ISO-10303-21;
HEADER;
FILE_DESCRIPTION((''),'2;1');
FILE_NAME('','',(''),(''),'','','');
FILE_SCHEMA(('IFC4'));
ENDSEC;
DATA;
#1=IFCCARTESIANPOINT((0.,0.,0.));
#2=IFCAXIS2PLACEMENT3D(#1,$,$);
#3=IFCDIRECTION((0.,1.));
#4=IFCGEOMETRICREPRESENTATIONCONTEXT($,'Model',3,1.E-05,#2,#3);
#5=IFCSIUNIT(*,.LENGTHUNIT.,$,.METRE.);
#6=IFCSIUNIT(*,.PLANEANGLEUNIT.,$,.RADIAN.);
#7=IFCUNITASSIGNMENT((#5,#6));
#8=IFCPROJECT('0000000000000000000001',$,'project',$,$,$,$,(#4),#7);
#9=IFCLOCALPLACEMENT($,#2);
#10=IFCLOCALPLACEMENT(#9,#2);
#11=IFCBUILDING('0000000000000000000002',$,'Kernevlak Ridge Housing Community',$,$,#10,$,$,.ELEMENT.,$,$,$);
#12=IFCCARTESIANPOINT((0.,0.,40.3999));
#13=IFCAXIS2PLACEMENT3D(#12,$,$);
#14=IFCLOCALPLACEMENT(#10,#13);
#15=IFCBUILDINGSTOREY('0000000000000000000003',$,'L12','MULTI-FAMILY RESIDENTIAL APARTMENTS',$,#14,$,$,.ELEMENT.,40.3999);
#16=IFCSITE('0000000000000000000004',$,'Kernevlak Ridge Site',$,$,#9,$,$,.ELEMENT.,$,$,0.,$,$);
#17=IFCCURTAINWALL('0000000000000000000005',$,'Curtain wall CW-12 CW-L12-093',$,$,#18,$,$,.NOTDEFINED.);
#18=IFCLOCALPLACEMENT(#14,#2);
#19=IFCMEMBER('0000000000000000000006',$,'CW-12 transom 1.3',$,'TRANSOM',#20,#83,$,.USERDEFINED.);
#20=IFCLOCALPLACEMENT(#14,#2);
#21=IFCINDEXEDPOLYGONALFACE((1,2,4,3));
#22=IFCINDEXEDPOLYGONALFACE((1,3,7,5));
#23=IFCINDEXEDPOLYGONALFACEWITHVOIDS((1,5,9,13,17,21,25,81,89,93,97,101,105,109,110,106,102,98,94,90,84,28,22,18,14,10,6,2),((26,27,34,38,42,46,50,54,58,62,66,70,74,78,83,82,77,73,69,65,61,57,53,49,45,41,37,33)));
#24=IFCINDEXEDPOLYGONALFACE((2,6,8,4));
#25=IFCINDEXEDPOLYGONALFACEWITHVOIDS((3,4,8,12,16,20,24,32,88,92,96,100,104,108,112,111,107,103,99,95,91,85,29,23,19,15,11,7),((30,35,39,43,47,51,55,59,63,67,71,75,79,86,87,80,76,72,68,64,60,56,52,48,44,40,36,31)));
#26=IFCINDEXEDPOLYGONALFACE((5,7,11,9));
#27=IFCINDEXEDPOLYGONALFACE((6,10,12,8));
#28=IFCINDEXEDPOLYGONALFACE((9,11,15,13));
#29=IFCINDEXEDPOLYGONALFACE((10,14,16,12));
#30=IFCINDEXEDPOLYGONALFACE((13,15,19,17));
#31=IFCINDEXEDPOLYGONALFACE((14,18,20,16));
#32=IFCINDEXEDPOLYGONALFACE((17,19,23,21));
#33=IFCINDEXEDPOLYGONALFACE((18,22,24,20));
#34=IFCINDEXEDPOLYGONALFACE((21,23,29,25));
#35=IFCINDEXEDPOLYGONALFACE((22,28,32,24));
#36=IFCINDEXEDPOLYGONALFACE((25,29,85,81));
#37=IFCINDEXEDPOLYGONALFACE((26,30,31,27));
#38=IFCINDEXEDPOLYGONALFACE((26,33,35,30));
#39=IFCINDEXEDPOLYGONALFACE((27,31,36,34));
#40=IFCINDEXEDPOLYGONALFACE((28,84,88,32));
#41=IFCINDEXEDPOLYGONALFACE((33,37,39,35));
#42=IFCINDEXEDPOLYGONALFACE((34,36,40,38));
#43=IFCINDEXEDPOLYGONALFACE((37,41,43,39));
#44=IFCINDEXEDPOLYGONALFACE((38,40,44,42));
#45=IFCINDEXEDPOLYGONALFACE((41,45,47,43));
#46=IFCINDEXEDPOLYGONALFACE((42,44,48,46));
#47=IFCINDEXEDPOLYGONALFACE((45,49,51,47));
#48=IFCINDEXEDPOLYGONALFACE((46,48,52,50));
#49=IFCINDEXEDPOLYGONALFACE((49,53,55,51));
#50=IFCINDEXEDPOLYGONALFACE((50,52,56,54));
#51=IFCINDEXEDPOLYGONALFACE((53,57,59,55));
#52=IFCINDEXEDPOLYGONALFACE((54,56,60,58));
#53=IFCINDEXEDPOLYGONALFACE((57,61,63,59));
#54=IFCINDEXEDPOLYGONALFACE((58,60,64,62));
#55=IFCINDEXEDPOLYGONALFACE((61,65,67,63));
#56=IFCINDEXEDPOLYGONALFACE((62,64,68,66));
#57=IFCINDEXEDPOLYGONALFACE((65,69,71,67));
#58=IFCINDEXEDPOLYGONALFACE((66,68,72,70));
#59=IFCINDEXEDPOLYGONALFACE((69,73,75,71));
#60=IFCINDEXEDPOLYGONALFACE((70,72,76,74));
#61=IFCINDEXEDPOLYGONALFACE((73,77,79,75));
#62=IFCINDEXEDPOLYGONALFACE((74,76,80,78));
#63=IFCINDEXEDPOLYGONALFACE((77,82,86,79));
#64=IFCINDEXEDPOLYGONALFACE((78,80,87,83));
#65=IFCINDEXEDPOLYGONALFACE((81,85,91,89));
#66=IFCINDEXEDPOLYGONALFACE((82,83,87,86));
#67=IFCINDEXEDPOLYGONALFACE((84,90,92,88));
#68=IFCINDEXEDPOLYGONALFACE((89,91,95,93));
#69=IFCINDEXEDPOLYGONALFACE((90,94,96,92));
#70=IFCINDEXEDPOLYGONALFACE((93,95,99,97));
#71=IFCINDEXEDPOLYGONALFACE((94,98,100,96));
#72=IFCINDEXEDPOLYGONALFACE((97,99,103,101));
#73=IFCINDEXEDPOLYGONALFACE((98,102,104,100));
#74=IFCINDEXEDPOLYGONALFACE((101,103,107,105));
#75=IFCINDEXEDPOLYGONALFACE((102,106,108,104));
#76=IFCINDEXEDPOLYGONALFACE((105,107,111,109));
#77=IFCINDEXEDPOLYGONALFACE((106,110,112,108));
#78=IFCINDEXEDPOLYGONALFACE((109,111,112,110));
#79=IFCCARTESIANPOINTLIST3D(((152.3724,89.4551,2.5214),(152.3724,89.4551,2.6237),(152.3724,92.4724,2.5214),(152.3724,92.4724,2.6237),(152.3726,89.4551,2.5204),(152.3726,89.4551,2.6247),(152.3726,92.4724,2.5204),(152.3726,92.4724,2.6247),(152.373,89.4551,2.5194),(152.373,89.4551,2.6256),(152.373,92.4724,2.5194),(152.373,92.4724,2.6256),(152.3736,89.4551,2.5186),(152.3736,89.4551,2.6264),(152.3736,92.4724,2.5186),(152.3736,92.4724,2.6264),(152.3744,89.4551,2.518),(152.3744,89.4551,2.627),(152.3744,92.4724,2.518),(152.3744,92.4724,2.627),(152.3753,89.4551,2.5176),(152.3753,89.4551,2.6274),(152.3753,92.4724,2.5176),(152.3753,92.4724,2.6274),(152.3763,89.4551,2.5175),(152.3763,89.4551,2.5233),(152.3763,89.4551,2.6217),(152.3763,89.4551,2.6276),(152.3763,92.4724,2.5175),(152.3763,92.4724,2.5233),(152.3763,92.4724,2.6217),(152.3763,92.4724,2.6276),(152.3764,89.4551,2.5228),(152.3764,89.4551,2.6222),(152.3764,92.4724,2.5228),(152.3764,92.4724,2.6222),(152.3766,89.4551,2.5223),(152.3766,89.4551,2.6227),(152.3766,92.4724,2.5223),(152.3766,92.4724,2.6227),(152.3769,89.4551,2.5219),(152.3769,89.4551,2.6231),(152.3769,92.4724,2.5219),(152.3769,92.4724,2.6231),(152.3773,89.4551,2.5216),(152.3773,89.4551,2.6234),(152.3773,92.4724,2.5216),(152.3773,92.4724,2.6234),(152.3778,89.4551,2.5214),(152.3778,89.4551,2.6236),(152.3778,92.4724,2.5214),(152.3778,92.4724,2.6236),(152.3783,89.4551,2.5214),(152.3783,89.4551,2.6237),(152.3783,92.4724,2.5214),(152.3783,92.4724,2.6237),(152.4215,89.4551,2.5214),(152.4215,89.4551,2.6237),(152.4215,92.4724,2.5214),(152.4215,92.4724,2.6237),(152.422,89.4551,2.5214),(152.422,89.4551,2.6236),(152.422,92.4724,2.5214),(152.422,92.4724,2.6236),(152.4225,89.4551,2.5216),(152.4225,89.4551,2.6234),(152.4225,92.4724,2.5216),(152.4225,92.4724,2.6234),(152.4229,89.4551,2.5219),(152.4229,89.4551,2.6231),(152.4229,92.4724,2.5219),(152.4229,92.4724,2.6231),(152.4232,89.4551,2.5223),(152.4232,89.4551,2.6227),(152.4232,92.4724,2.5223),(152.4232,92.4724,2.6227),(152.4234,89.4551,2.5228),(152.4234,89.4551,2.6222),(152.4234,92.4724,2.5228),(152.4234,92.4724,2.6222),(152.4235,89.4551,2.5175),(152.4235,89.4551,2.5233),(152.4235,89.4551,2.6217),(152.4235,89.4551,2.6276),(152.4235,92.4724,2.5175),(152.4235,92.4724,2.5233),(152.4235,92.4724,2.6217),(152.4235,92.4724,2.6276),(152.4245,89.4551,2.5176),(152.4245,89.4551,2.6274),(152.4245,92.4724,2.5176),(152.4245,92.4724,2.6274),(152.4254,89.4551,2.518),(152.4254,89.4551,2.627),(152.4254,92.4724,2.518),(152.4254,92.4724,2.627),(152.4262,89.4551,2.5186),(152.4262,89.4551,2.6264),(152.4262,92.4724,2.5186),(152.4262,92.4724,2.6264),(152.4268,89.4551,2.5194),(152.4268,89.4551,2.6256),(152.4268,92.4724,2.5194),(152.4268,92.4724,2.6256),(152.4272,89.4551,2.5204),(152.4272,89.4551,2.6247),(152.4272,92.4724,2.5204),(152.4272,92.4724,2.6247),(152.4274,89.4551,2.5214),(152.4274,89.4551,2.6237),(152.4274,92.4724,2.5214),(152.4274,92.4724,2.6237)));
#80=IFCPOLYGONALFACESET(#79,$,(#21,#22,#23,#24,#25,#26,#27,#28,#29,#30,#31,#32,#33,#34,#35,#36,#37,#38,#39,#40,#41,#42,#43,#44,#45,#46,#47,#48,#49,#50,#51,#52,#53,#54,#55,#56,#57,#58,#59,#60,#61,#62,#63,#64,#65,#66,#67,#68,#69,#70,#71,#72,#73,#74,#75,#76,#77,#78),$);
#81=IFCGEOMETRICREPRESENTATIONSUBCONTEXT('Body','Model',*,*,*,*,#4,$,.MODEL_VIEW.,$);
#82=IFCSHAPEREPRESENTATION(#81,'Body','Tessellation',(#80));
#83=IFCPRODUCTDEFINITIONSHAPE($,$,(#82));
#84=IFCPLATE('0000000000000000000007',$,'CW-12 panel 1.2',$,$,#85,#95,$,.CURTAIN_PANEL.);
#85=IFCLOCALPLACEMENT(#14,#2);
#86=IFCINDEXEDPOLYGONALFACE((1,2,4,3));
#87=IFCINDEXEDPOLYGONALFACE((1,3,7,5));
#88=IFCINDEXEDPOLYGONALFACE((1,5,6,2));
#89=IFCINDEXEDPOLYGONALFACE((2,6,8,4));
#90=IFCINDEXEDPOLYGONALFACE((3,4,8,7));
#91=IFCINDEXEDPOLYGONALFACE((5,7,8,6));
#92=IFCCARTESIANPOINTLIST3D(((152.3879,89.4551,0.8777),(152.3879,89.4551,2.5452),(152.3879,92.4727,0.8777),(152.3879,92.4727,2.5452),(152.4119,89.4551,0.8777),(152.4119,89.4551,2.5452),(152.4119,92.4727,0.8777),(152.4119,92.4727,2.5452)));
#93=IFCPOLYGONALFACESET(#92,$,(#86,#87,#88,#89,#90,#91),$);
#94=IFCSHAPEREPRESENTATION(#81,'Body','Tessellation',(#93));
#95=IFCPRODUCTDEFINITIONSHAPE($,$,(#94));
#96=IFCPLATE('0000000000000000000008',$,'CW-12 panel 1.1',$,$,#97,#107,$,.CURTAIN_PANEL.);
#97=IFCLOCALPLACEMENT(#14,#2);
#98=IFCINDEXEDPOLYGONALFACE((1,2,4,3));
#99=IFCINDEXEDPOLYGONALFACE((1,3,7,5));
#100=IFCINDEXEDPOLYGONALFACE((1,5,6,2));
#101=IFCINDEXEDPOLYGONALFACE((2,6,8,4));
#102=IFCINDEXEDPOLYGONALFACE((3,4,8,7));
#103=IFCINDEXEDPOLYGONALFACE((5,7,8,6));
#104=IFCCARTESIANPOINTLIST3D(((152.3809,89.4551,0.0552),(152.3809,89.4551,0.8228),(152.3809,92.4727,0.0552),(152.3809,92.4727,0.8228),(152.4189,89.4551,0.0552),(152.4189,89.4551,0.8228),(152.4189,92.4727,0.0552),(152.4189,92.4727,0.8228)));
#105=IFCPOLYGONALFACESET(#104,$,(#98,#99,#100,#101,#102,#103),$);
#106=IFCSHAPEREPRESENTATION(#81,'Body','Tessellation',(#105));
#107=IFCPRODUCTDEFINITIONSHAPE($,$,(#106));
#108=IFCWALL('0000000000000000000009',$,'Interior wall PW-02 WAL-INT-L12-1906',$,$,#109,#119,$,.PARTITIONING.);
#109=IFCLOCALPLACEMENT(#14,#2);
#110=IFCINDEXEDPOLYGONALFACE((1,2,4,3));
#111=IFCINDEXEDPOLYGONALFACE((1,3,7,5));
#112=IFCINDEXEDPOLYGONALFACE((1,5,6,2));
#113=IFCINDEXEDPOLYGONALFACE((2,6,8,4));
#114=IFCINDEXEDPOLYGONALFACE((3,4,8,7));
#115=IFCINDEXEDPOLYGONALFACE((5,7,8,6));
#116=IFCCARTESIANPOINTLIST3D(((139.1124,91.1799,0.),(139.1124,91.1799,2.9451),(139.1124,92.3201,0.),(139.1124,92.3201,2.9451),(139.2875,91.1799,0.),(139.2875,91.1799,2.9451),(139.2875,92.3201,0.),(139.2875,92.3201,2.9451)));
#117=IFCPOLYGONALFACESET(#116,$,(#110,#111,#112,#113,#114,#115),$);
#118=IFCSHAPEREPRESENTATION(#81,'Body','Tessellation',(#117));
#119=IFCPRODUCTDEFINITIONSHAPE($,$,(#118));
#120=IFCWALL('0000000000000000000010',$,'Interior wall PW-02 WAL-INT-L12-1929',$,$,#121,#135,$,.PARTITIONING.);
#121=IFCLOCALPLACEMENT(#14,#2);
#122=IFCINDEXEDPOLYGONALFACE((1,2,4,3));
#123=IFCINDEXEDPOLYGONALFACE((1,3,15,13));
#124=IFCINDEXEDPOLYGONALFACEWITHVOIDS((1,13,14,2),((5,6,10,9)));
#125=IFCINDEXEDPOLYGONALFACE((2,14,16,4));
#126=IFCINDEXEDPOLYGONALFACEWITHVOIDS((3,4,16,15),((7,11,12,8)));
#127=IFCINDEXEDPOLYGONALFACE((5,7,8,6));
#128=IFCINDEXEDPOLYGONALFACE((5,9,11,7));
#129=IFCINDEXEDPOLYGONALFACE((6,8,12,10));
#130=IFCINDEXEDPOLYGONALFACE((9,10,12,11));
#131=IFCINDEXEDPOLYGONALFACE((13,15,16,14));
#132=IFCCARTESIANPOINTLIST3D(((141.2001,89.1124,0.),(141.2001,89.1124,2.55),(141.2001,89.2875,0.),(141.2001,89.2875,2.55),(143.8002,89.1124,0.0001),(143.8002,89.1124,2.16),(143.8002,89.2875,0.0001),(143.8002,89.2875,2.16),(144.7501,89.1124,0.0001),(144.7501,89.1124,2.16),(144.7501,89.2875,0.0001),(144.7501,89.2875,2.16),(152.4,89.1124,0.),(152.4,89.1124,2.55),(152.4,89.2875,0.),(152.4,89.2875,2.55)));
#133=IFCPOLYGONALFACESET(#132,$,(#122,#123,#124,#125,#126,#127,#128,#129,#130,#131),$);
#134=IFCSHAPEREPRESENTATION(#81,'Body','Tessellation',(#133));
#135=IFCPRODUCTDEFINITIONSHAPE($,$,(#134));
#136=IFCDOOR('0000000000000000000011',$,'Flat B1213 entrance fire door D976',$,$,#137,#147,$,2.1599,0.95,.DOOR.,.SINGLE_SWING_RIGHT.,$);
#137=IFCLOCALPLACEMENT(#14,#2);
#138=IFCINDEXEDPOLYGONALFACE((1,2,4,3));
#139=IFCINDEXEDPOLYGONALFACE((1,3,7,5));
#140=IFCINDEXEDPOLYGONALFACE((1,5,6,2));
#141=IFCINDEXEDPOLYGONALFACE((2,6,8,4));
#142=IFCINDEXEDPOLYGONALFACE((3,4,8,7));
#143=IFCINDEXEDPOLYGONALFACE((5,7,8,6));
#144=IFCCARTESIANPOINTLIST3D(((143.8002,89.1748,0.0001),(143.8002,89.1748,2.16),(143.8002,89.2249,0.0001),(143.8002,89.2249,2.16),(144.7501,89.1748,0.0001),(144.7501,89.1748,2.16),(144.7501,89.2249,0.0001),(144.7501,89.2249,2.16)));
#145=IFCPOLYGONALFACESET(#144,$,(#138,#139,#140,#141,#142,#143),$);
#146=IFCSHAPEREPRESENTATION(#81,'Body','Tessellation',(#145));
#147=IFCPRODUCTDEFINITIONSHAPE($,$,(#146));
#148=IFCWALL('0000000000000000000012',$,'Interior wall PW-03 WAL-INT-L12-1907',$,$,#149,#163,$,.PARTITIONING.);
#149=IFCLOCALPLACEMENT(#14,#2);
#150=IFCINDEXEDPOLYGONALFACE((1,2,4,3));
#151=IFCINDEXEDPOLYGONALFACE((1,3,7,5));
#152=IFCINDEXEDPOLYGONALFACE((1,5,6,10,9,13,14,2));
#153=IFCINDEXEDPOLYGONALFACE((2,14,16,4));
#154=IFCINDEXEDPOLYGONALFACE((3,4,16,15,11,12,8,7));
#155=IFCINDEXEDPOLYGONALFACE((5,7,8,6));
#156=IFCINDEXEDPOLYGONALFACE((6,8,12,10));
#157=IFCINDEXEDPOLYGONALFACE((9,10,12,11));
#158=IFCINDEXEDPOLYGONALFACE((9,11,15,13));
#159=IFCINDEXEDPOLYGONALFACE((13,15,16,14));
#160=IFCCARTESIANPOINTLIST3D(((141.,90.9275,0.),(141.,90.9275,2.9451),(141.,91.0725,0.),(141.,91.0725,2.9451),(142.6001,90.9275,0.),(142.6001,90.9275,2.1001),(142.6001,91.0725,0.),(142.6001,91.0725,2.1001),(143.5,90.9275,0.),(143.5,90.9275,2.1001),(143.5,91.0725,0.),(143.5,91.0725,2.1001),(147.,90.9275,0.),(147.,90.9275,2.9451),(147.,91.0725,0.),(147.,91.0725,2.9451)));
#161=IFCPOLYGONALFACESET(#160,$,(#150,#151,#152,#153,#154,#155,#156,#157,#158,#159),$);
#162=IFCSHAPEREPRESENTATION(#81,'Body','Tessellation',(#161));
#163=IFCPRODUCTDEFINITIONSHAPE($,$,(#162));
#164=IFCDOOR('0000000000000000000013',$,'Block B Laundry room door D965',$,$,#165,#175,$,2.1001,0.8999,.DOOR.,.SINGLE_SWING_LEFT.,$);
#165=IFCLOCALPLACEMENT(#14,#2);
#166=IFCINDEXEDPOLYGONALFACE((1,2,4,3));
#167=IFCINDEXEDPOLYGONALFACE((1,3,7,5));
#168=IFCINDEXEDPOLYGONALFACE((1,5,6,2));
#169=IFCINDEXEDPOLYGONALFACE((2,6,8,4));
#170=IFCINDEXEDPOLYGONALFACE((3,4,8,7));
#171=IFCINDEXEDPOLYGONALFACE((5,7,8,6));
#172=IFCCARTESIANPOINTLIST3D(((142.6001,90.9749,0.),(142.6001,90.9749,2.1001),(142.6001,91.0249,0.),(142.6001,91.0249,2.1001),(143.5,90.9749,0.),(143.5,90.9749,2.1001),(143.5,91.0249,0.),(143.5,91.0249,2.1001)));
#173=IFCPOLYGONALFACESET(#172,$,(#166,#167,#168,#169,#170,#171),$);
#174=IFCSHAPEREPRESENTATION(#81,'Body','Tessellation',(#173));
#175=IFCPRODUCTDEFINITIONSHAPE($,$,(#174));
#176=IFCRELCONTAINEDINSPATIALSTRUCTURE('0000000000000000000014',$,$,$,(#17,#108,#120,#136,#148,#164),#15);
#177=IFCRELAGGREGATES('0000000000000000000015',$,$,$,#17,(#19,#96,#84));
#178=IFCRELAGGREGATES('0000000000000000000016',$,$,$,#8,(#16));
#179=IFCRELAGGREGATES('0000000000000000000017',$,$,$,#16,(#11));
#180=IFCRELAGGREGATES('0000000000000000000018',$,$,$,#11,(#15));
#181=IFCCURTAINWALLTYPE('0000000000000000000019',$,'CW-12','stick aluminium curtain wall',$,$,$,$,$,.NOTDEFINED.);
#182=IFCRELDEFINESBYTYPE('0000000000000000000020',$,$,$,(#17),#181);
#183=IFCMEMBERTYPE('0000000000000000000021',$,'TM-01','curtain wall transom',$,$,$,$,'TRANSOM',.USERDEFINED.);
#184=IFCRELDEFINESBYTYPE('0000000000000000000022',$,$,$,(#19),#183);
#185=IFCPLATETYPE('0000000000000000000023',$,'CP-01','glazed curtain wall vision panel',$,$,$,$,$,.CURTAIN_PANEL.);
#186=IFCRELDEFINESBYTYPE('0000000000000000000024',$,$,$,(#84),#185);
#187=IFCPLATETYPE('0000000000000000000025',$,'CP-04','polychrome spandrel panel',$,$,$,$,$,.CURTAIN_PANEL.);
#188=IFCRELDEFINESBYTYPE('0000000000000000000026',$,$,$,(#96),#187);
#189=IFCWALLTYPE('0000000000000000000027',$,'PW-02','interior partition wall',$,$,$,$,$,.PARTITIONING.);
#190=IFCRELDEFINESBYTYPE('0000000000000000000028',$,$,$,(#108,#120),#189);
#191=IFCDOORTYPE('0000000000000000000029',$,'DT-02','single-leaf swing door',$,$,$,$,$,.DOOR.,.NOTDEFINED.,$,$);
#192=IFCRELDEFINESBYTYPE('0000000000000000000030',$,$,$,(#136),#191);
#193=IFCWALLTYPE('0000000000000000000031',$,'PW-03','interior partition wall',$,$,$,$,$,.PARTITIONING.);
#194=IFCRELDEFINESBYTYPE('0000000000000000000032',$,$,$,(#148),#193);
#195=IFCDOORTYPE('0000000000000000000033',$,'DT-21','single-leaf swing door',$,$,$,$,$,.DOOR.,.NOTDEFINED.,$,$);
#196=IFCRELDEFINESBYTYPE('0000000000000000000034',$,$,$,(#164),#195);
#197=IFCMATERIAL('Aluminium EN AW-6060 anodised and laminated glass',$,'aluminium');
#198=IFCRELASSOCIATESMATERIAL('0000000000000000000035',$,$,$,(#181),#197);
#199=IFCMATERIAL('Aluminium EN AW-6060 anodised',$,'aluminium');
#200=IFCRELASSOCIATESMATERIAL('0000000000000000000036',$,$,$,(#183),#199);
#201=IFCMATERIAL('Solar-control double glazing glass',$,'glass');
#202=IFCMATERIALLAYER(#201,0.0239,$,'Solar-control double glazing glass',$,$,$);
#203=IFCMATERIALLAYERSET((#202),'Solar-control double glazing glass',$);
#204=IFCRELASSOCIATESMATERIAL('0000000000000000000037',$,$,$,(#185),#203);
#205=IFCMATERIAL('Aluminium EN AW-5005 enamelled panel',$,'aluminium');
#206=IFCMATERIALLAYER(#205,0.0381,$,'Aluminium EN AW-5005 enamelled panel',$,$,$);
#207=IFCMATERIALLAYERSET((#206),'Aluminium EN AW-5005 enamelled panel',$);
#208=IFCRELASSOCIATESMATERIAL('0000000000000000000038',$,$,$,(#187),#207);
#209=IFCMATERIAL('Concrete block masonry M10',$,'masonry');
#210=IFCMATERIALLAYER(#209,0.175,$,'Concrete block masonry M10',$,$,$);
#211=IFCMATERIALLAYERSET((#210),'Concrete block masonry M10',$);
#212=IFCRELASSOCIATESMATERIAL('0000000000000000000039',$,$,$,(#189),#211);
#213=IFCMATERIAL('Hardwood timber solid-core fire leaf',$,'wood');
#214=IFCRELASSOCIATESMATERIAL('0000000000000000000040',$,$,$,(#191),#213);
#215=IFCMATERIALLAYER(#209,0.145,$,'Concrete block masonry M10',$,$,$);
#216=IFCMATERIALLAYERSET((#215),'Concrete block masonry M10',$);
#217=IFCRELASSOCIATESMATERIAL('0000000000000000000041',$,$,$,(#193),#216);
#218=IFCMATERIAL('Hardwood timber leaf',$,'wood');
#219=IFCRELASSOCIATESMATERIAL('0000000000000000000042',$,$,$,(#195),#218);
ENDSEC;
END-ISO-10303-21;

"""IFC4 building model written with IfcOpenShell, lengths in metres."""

from ifc_helpers import new_model, si_unit, direction, frame, frame_2d, origin, origin_2d, place, context, subcontext, project, spatial, rectangle, hollow_rectangle, extrude, material, layer, layer_set, material_profile, profile_set, type_object, element, fill, aggregate, save


model = new_model("IFC4")

# Units and contexts
model_context = context("Model", 3, precision=1e-05, world=origin(), true_north=direction((0.0, 1.0)))
body_context = subcontext(model_context, "Body", "Model", "MODEL_VIEW")
ifc_project = project(units=[si_unit("LENGTHUNIT", "METRE"), si_unit("PLANEANGLEUNIT", "RADIAN")], contexts=[model_context])

# Site, building, storey
site_placement = place(None, origin())
site = spatial("IfcSite", under=ifc_project, at=site_placement, Name="Kernevlak Ridge Site", CompositionType="ELEMENT", RefElevation=0.0)
building_placement = place(site_placement, origin())
building = spatial("IfcBuilding", under=site, at=building_placement, Name="Kernevlak Ridge Housing Community", CompositionType="ELEMENT")
storey_placement = place(building_placement, frame((0.0, 0.0, 40.3999)))
storey = spatial("IfcBuildingStorey", under=building, at=storey_placement, Name="L12", Description="MULTI-FAMILY RESIDENTIAL APARTMENTS", CompositionType="ELEMENT", Elevation=40.3999)

# Curtain wall
ifc_material_1 = material(Name="Aluminium EN AW-6060 anodised and laminated glass", Category="aluminium")
curtain_wall_type = type_object("IfcCurtainWallType", Name="CW-12", Description="stick aluminium curtain wall", PredefinedType="NOTDEFINED", material=ifc_material_1)
curtain_wall_placement = place(storey_placement, origin())
curtain_wall = element("IfcCurtainWall", 1, at=curtain_wall_placement, inside=storey, type_object=curtain_wall_type, Name="Curtain wall CW-12 CW-L12-093", PredefinedType="NOTDEFINED")
ifc_material_2 = material(Name="Aluminium EN AW-6060 anodised", Category="aluminium")

# Member
ifc_material_profile_1 = material_profile(ifc_material_2, hollow_rectangle(XDim=0.0549, YDim=0.1101, WallThickness=0.0039, InnerFilletRadius=0.002, OuterFilletRadius=0.0039, at=origin_2d()), Name="ALU 55x110x4")
ifc_profile_set_1 = profile_set([ifc_material_profile_1], Name="Aluminium EN AW-6060 anodised")
member_type_1 = type_object("IfcMemberType", Name="TM-01", Description="curtain wall transom", ElementType="TRANSOM", PredefinedType="USERDEFINED", material=ifc_profile_set_1)
member_1_placement = place(storey_placement, frame((152.3999, 89.4551, 2.5725), z_axis=(0.0, 1.0, 0.0), x_axis=(-1.0, 0.0, 0.0)))
member_1 = element("IfcMember", 2, at=member_1_placement, type_object=member_type_1, Name="CW-12 transom 1.3", ObjectType="TRANSOM", PredefinedType="USERDEFINED", context=body_context, shape_type="SweptSolid", body=[
    extrude(hollow_rectangle(XDim=0.0549, YDim=0.1101, WallThickness=0.0039, InnerFilletRadius=0.002, OuterFilletRadius=0.0039, at=origin_2d()), origin(), (0.0, 0.0, 1.0), 3.0173),
])

# Plates
ifc_material_3 = material(Name="Solar-control double glazing glass", Category="glass")
ifc_layer_1 = layer(ifc_material_3, 0.0239, Name="Solar-control double glazing glass")
ifc_layer_set_1 = layer_set([ifc_layer_1], Name="Solar-control double glazing glass")
plate_type_1 = type_object("IfcPlateType", Name="CP-01", Description="glazed curtain wall vision panel", PredefinedType="CURTAIN_PANEL", material=ifc_layer_set_1)
plate_1_placement = place(storey_placement, frame((152.3999, 90.9639, 0.8777), z_axis=(0.0, 0.0, 1.0), x_axis=(0.0, 1.0, 0.0)))
plate_1 = element("IfcPlate", 3, at=plate_1_placement, type_object=plate_type_1, Name="CW-12 panel 1.2", PredefinedType="CURTAIN_PANEL", context=body_context, shape_type="SweptSolid", body=[
    extrude(rectangle(XDim=3.0176, YDim=0.0239, at=origin_2d()), origin(), (0.0, 0.0, 1.0), 1.6675),
])
ifc_material_4 = material(Name="Aluminium EN AW-5005 enamelled panel", Category="aluminium")
ifc_layer_2 = layer(ifc_material_4, 0.0381, Name="Aluminium EN AW-5005 enamelled panel")
ifc_layer_set_2 = layer_set([ifc_layer_2], Name="Aluminium EN AW-5005 enamelled panel")
plate_type_2 = type_object("IfcPlateType", Name="CP-04", Description="polychrome spandrel panel", PredefinedType="CURTAIN_PANEL", material=ifc_layer_set_2)
plate_2_placement = place(storey_placement, frame((152.3999, 90.9639, 0.0552), z_axis=(0.0, 0.0, 1.0), x_axis=(0.0, 1.0, 0.0)))
plate_2 = element("IfcPlate", 4, at=plate_2_placement, type_object=plate_type_2, Name="CW-12 panel 1.1", PredefinedType="CURTAIN_PANEL", context=body_context, shape_type="SweptSolid", body=[
    extrude(rectangle(XDim=3.0176, YDim=0.0381, at=origin_2d()), origin(), (0.0, 0.0, 1.0), 0.7676),
])
aggregate(curtain_wall, [member_1, plate_2, plate_1])

# Wall
ifc_material_5 = material(Name="Concrete block masonry M10", Category="masonry")
ifc_layer_3 = layer(ifc_material_5, 0.175, Name="Concrete block masonry M10")
ifc_layer_set_3 = layer_set([ifc_layer_3], Name="Concrete block masonry M10")
wall_type_1 = type_object("IfcWallType", Name="PW-02", Description="interior partition wall", PredefinedType="PARTITIONING", material=ifc_layer_set_3)
wall_1_placement = place(storey_placement, frame((139.2, 91.1799, 0.0), z_axis=(0.0, 0.0, 1.0), x_axis=(0.0, 1.0, 0.0)))
element("IfcWall", 5, at=wall_1_placement, inside=storey, type_object=wall_type_1, Name="Interior wall PW-02 WAL-INT-L12-1906", PredefinedType="PARTITIONING", context=body_context, shape_type="SweptSolid", body=[
    extrude(rectangle(XDim=1.1401, YDim=0.175, at=frame_2d((0.5701, 0.0))), origin(), (0.0, 0.0, 1.0), 2.9451),
])

# Walls, openings, doors
wall_2_placement = place(storey_placement, frame((141.2, 89.2, 0.0), z_axis=(0.0, 0.0, 1.0), x_axis=(1.0, 0.0, 0.0)))
wall_2 = element("IfcWall", 6, at=wall_2_placement, inside=storey, type_object=wall_type_1, Name="Interior wall PW-02 WAL-INT-L12-1929", PredefinedType="PARTITIONING", context=body_context, shape_type="SweptSolid", body=[
    extrude(rectangle(XDim=11.2, YDim=0.175, at=frame_2d((5.6001, 0.0))), origin(), (0.0, 0.0, 1.0), 2.55),
])
opening_1_placement = place(wall_2_placement, frame((2.6001, 0.0, 0.0)))
opening_1 = element("IfcOpeningElement", 7, at=opening_1_placement, cuts=wall_2, PredefinedType="OPENING", context=body_context, shape_type="SweptSolid", body=[
    extrude(rectangle(XDim=0.95, YDim=2.1599, at=frame_2d((0.4751, 1.0801))), frame((0.0, 0.0974, 0.0), z_axis=(0.0, -1.0, 0.0), x_axis=(1.0, 0.0, 0.0)), (0.0, 0.0, 1.0), 0.1951),
])
ifc_material_6 = material(Name="Hardwood timber solid-core fire leaf", Category="wood")
door_type_1 = type_object("IfcDoorType", Name="DT-02", Description="single-leaf swing door", OperationType="NOTDEFINED", PredefinedType="DOOR", material=ifc_material_6)
door_1_placement = place(opening_1_placement, origin())
door_1 = element("IfcDoor", 8, at=door_1_placement, inside=storey, type_object=door_type_1, Name="Flat B1213 entrance fire door D976", OperationType="SINGLE_SWING_RIGHT", OverallHeight=2.1599, OverallWidth=0.95, PredefinedType="DOOR", context=body_context, shape_type="SweptSolid", body=[
    extrude(rectangle(XDim=0.95, YDim=2.1599, at=frame_2d((0.4751, 1.0801))), frame((0.0, 0.0249, 0.0), z_axis=(0.0, -1.0, 0.0), x_axis=(1.0, 0.0, 0.0)), (0.0, 0.0, 1.0), 0.05),
])
fill(opening_1, door_1)
ifc_layer_4 = layer(ifc_material_5, 0.145, Name="Concrete block masonry M10")
ifc_layer_set_4 = layer_set([ifc_layer_4], Name="Concrete block masonry M10")
wall_type_2 = type_object("IfcWallType", Name="PW-03", Description="interior partition wall", PredefinedType="PARTITIONING", material=ifc_layer_set_4)
wall_3_placement = place(storey_placement, frame((141.0, 91.0, 0.0), z_axis=(0.0, 0.0, 1.0), x_axis=(1.0, 0.0, 0.0)))
wall_3 = element("IfcWall", 9, at=wall_3_placement, inside=storey, type_object=wall_type_2, Name="Interior wall PW-03 WAL-INT-L12-1907", PredefinedType="PARTITIONING", context=body_context, shape_type="SweptSolid", body=[
    extrude(rectangle(XDim=6.0, YDim=0.145, at=frame_2d((3.0, 0.0))), origin(), (0.0, 0.0, 1.0), 2.9451),
])
opening_2_placement = place(wall_3_placement, frame((1.6001, 0.0, 0.0)))
opening_2 = element("IfcOpeningElement", 10, at=opening_2_placement, cuts=wall_3, PredefinedType="OPENING", context=body_context, shape_type="SweptSolid", body=[
    extrude(rectangle(XDim=0.8999, YDim=2.1001, at=frame_2d((0.45, 1.05))), frame((0.0, 0.0825, 0.0), z_axis=(0.0, -1.0, 0.0), x_axis=(1.0, 0.0, 0.0)), (0.0, 0.0, 1.0), 0.165),
])
ifc_material_7 = material(Name="Hardwood timber leaf", Category="wood")
door_type_2 = type_object("IfcDoorType", Name="DT-21", Description="single-leaf swing door", OperationType="NOTDEFINED", PredefinedType="DOOR", material=ifc_material_7)
door_2_placement = place(opening_2_placement, origin())
door_2 = element("IfcDoor", 11, at=door_2_placement, inside=storey, type_object=door_type_2, Name="Block B Laundry room door D965", OperationType="SINGLE_SWING_LEFT", OverallHeight=2.1001, OverallWidth=0.8999, PredefinedType="DOOR", context=body_context, shape_type="SweptSolid", body=[
    extrude(rectangle(XDim=0.8999, YDim=2.1001, at=frame_2d((0.45, 1.05))), frame((0.0, 0.0249, 0.0), z_axis=(0.0, -1.0, 0.0), x_axis=(1.0, 0.0, 0.0)), (0.0, 0.0, 1.0), 0.05),
])
fill(opening_2, door_2)

save(model, "model.ifc")
